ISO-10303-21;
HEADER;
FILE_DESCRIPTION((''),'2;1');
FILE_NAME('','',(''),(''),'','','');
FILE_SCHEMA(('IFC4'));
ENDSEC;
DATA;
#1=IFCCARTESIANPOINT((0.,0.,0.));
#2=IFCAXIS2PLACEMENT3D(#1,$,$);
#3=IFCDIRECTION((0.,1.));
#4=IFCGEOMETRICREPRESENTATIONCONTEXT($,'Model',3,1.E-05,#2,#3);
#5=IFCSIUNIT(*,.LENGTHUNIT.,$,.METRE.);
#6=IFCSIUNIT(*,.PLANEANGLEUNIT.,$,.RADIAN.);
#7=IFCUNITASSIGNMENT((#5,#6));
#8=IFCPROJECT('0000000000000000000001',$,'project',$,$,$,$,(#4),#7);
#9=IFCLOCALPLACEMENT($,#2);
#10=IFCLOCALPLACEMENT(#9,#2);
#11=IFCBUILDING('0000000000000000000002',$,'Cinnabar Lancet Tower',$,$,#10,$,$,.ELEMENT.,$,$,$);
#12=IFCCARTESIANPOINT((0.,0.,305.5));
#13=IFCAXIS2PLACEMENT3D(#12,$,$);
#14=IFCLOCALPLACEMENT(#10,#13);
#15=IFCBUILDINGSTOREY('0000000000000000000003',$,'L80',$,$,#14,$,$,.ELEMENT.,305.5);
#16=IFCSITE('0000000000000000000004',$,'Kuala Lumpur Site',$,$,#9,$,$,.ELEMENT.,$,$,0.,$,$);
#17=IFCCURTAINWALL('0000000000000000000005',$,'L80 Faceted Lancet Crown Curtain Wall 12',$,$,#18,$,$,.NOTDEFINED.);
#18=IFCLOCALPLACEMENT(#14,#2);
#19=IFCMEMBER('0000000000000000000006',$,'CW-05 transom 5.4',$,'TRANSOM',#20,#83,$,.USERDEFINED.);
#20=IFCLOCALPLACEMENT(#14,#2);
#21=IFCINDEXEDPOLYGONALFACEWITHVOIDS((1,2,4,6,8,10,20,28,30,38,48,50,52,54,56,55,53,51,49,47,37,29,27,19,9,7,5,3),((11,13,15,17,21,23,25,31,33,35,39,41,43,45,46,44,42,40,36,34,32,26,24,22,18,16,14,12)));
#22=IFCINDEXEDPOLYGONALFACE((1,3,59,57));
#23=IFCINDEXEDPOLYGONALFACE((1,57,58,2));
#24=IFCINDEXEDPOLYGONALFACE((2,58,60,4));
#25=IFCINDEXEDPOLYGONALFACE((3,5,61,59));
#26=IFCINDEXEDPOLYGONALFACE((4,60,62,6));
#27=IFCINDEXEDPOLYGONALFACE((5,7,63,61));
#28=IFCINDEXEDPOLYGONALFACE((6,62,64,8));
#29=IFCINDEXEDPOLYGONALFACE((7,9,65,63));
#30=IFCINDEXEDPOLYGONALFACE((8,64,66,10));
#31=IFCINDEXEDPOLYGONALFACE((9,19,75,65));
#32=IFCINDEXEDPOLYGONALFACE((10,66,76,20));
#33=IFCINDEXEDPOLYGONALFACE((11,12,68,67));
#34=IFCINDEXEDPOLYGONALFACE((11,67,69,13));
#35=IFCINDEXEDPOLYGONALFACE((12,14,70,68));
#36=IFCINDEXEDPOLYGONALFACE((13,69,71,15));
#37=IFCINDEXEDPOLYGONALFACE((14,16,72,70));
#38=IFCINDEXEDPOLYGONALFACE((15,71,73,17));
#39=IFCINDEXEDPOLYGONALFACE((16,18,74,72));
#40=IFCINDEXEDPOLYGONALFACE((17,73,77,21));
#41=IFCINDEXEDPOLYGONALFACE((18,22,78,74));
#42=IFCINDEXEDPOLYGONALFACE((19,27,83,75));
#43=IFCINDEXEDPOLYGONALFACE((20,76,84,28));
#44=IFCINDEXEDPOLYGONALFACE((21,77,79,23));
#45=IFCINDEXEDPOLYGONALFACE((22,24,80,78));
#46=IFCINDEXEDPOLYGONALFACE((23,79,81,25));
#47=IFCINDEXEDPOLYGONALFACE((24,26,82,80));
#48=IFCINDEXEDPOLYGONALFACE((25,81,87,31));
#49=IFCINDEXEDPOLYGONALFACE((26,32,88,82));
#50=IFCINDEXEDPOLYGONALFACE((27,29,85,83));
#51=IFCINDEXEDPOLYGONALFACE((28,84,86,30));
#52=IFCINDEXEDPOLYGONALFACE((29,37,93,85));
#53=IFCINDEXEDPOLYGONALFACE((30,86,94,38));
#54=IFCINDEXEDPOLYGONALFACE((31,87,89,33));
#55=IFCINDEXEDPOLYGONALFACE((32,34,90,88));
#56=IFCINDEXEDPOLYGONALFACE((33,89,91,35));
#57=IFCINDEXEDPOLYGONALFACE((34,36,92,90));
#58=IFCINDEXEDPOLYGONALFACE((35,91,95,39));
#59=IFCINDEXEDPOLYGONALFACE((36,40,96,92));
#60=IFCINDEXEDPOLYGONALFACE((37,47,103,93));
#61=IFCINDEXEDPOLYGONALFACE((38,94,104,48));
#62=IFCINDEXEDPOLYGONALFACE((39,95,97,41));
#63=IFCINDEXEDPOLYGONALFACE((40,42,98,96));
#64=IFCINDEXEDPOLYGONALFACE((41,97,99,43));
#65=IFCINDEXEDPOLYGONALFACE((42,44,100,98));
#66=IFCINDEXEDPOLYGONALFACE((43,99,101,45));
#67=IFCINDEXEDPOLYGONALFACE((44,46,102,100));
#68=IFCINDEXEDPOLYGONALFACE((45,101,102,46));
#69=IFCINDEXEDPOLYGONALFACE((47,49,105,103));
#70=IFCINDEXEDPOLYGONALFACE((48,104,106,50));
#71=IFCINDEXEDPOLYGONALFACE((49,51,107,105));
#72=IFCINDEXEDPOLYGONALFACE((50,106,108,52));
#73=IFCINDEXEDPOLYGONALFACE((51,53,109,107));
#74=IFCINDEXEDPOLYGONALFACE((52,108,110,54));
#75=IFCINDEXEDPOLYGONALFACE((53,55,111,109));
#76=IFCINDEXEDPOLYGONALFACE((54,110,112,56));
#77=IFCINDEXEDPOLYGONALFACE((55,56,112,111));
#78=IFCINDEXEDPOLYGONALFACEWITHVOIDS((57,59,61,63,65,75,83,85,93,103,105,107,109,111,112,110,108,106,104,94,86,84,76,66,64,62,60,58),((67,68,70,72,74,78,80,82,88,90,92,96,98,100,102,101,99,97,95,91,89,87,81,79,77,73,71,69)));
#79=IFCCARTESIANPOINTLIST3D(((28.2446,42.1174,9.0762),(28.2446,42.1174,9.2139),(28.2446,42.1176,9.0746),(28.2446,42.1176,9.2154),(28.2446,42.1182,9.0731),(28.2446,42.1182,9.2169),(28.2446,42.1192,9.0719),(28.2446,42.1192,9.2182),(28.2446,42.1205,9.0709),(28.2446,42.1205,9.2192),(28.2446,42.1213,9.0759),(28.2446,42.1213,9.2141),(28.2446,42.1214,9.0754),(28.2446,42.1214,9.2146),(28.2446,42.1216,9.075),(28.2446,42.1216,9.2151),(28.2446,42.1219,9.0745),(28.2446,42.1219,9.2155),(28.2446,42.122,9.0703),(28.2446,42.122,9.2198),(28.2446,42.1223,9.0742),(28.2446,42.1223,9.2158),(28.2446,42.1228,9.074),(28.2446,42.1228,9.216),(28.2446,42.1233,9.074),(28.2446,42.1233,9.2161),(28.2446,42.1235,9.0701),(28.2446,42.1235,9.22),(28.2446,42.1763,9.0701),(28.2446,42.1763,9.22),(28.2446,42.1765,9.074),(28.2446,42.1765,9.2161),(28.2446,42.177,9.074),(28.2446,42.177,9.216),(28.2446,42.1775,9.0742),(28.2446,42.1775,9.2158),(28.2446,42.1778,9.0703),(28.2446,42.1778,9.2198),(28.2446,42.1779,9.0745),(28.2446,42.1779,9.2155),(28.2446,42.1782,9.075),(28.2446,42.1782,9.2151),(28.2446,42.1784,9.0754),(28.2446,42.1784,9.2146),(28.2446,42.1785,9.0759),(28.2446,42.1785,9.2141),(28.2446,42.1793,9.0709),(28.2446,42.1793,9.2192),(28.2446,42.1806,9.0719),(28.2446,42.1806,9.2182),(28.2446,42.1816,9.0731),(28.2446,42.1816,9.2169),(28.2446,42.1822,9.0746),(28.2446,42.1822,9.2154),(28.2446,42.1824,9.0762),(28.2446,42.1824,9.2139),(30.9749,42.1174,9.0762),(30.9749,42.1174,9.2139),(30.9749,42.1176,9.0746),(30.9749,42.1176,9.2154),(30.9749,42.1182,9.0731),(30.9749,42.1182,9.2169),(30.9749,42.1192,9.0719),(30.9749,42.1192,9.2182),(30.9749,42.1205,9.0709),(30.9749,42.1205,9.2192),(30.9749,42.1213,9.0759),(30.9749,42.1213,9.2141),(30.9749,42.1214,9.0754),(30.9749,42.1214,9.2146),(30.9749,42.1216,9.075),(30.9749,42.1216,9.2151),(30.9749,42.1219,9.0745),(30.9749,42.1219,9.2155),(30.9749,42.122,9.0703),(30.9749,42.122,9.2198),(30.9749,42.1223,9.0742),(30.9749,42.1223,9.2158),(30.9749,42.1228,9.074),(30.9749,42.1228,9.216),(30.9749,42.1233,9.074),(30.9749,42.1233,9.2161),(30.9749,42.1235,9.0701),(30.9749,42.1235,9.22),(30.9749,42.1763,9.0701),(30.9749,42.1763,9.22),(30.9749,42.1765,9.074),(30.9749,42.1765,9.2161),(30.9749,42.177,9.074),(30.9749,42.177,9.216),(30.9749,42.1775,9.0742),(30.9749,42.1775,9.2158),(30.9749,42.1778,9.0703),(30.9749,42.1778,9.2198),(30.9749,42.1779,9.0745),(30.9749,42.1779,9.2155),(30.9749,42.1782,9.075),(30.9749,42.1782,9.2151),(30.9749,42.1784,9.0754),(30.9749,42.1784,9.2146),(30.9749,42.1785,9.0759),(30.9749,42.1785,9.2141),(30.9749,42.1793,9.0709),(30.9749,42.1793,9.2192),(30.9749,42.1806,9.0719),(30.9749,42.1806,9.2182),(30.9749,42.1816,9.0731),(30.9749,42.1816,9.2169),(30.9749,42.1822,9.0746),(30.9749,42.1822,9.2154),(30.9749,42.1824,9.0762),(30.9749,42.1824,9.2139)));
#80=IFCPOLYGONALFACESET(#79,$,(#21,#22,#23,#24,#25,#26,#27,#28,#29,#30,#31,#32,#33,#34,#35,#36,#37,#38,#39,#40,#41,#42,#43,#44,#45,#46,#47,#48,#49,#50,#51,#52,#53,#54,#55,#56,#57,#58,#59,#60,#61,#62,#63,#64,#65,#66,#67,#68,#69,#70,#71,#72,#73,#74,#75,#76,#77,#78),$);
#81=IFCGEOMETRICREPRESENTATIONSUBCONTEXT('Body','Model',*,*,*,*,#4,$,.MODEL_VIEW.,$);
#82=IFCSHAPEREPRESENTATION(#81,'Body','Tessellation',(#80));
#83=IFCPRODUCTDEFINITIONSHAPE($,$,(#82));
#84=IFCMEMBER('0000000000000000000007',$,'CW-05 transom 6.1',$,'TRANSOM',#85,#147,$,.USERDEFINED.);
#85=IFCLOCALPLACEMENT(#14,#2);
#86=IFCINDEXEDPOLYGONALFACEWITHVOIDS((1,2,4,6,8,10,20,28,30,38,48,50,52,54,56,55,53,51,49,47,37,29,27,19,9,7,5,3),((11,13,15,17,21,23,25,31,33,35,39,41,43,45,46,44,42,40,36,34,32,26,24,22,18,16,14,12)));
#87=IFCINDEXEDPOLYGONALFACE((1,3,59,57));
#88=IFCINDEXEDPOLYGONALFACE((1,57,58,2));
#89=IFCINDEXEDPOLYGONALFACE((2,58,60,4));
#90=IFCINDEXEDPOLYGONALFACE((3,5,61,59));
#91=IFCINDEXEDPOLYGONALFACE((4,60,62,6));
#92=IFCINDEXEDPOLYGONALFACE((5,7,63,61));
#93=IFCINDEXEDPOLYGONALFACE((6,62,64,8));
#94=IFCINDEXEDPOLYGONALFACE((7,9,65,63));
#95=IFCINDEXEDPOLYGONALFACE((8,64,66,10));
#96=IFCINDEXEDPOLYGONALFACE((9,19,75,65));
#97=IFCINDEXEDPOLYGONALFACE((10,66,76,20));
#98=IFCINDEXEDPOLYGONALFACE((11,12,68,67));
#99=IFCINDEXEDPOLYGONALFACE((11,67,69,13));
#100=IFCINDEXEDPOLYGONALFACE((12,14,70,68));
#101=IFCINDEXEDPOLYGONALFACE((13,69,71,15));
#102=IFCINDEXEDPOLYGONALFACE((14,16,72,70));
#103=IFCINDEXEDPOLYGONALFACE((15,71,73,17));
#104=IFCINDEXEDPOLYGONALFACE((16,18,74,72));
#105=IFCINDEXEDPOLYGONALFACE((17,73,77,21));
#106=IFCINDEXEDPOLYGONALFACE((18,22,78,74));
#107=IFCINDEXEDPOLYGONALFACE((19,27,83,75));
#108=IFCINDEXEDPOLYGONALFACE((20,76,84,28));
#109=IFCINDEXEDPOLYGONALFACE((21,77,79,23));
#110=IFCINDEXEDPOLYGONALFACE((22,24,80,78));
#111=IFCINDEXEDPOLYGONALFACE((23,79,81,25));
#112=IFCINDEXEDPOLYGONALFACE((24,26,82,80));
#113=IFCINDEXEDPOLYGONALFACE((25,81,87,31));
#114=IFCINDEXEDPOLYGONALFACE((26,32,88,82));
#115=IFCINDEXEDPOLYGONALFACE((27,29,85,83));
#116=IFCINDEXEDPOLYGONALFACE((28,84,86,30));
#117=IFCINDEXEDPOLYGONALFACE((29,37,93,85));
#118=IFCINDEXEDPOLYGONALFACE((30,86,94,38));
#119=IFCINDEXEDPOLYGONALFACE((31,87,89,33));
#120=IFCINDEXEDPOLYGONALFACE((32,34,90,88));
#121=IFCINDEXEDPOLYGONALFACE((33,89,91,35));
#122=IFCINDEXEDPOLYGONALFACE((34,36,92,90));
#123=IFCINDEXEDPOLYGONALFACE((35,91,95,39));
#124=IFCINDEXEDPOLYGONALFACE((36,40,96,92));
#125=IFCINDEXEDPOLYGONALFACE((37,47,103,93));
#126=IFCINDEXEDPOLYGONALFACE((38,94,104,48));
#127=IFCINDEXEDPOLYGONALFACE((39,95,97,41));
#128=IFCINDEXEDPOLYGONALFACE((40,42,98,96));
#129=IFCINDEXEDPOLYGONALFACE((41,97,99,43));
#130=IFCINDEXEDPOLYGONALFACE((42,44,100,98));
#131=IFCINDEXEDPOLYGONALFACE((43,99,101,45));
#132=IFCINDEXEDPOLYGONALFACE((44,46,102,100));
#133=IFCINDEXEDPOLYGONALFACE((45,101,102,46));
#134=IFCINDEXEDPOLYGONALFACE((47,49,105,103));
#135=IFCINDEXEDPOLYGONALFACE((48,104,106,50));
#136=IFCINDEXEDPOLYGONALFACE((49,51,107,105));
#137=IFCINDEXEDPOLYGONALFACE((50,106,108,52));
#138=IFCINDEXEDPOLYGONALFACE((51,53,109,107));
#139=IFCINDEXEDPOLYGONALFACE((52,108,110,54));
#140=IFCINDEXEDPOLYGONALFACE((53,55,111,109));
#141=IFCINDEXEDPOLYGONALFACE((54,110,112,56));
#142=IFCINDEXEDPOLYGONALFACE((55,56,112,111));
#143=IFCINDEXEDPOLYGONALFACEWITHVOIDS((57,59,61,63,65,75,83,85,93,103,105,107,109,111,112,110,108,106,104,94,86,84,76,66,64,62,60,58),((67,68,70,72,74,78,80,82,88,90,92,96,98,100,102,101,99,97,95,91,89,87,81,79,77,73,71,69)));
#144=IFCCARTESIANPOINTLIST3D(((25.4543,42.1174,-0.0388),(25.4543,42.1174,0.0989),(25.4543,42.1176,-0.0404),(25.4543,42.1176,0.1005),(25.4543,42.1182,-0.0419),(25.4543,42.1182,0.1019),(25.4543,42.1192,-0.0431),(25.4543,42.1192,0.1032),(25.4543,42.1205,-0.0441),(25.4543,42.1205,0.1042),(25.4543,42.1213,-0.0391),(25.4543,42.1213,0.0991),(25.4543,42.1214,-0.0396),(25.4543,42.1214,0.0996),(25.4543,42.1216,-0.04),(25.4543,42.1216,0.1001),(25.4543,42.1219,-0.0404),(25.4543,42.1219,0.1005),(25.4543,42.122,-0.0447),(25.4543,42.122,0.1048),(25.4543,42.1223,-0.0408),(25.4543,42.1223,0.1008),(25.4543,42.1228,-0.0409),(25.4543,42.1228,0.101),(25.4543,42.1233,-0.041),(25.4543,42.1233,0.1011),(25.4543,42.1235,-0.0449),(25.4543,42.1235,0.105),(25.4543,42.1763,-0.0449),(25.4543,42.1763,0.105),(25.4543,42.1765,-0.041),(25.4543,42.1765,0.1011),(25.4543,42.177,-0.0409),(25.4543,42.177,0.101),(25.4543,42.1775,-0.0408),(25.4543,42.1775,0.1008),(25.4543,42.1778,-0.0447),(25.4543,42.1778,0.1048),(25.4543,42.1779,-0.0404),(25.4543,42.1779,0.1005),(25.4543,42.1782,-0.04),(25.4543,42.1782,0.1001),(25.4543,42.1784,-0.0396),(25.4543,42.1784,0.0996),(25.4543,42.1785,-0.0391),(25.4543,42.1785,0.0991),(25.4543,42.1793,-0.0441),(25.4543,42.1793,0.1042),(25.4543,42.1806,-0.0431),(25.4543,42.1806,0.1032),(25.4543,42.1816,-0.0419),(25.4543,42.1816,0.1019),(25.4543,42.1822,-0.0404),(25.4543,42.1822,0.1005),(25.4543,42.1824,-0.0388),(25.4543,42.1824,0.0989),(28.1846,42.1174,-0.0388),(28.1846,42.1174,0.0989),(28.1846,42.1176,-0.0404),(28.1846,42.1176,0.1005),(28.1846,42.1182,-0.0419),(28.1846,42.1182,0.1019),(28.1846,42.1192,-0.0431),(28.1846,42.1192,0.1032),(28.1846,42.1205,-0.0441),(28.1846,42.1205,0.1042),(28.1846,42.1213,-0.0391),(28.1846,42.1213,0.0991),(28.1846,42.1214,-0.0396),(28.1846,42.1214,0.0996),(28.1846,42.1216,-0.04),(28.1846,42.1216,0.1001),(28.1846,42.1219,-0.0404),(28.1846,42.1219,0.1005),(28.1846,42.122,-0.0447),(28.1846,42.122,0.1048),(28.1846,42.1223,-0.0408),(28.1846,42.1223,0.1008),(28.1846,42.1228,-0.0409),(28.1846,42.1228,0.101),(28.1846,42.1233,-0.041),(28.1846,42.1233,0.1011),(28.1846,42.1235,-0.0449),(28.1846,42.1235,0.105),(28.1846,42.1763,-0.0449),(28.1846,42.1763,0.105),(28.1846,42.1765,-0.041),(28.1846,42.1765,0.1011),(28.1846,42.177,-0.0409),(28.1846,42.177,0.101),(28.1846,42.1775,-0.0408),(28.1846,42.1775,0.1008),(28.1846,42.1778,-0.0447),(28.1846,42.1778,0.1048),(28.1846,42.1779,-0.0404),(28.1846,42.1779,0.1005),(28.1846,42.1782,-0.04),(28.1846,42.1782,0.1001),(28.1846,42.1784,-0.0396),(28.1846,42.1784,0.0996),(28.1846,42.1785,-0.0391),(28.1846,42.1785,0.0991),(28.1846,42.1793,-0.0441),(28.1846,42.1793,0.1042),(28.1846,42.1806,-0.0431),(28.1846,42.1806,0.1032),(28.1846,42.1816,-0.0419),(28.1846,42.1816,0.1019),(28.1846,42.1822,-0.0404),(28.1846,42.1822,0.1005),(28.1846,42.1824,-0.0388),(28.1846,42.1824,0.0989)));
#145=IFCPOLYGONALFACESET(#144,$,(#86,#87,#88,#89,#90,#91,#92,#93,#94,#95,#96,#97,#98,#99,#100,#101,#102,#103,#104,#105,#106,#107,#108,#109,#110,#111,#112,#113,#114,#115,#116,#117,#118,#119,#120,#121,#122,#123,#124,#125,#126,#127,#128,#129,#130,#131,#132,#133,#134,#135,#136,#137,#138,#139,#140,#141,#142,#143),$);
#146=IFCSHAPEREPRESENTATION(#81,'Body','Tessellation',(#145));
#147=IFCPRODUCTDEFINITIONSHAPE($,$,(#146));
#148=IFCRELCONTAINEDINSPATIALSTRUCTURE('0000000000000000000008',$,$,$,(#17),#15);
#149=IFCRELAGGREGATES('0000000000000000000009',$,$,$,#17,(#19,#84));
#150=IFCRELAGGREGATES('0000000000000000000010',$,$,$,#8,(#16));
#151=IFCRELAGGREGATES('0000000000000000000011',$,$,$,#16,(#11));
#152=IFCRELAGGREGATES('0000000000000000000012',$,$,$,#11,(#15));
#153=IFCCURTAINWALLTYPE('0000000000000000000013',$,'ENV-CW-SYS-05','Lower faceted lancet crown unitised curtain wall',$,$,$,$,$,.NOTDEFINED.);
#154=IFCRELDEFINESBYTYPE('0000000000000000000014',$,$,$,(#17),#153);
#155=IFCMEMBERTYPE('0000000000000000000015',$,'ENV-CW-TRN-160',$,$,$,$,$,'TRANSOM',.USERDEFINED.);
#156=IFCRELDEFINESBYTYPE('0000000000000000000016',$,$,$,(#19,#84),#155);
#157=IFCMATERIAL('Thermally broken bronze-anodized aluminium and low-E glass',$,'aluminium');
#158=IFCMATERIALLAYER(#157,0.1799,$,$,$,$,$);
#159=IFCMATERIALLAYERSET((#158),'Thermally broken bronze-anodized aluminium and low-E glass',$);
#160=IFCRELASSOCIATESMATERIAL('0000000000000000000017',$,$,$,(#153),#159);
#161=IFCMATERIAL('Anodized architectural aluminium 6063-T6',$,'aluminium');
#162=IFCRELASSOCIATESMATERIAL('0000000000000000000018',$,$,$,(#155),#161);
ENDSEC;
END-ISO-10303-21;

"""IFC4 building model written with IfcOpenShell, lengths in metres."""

from ifc_helpers import new_model, si_unit, direction, frame, origin, origin_2d, place, context, subcontext, project, spatial, hollow_rectangle, extrude, material, layer, layer_set, material_profile, profile_set, type_object, element, aggregate, save


model = new_model("IFC4")

# Units and contexts
model_context = context("Model", 3, precision=1e-05, world=origin(), true_north=direction((0.0, 1.0)))
body_context = subcontext(model_context, "Body", "Model", "MODEL_VIEW")
ifc_project = project(units=[si_unit("LENGTHUNIT", "METRE"), si_unit("PLANEANGLEUNIT", "RADIAN")], contexts=[model_context])

# Site, building, storey
site_placement = place(None, origin())
site = spatial("IfcSite", under=ifc_project, at=site_placement, Name="Kuala Lumpur Site", CompositionType="ELEMENT", RefElevation=0.0)
building_placement = place(site_placement, origin())
building = spatial("IfcBuilding", under=site, at=building_placement, Name="Cinnabar Lancet Tower", CompositionType="ELEMENT")
storey_placement = place(building_placement, frame((0.0, 0.0, 305.5)))
storey = spatial("IfcBuildingStorey", under=building, at=storey_placement, Name="L80", CompositionType="ELEMENT", Elevation=305.5)

# Curtain wall
ifc_material_1 = material(Name="Thermally broken bronze-anodized aluminium and low-E glass", Category="aluminium")
ifc_layer_1 = layer(ifc_material_1, 0.1799)
ifc_layer_set_1 = layer_set([ifc_layer_1], Name="Thermally broken bronze-anodized aluminium and low-E glass")
curtain_wall_type = type_object("IfcCurtainWallType", Name="ENV-CW-SYS-05", Description="Lower faceted lancet crown unitised curtain wall", PredefinedType="NOTDEFINED", material=ifc_layer_set_1)
curtain_wall_1_placement = place(storey_placement, origin())
curtain_wall_1 = element("IfcCurtainWall", 1, at=curtain_wall_1_placement, inside=storey, type_object=curtain_wall_type, Name="L80 Faceted Lancet Crown Curtain Wall 12", PredefinedType="NOTDEFINED")

# Members
ifc_material_2 = material(Name="Anodized architectural aluminium 6063-T6", Category="aluminium")
ifc_material_profile_1 = material_profile(ifc_material_2, hollow_rectangle(XDim=0.0649, YDim=0.1499, WallThickness=0.0039, InnerFilletRadius=0.002, OuterFilletRadius=0.0061, at=origin_2d()), Name="CW-TRN 150x65x4")
ifc_profile_set_1 = profile_set([ifc_material_profile_1], Name="Anodized architectural aluminium 6063-T6")
member_type_1 = type_object("IfcMemberType", Name="ENV-CW-TRN-160", ElementType="TRANSOM", PredefinedType="USERDEFINED", material=ifc_profile_set_1)
member_1_placement = place(storey_placement, frame((30.9749, 42.1499, 9.145), z_axis=(-1.0, 0.0, 0.0), x_axis=(0.0, -1.0, 0.0)))
member_1 = element("IfcMember", 2, at=member_1_placement, type_object=member_type_1, Name="CW-05 transom 5.4", ObjectType="TRANSOM", PredefinedType="USERDEFINED", context=body_context, shape_type="SweptSolid", body=[
    extrude(hollow_rectangle(XDim=0.0649, YDim=0.1499, WallThickness=0.0039, InnerFilletRadius=0.002, OuterFilletRadius=0.0061, at=origin_2d()), origin(), (0.0, 0.0, 1.0), 2.7302),
])
member_2_placement = place(storey_placement, frame((28.1846, 42.1499, 0.03), z_axis=(-1.0, 0.0, 0.0), x_axis=(0.0, -1.0, 0.0)))
member_2 = element("IfcMember", 3, at=member_2_placement, type_object=member_type_1, Name="CW-05 transom 6.1", ObjectType="TRANSOM", PredefinedType="USERDEFINED", context=body_context, shape_type="SweptSolid", body=[
    extrude(hollow_rectangle(XDim=0.0649, YDim=0.1499, WallThickness=0.0039, InnerFilletRadius=0.002, OuterFilletRadius=0.0061, at=origin_2d()), origin(), (0.0, 0.0, 1.0), 2.7302),
])

aggregate(curtain_wall_1, [member_1, member_2])

save(model, "model.ifc")
